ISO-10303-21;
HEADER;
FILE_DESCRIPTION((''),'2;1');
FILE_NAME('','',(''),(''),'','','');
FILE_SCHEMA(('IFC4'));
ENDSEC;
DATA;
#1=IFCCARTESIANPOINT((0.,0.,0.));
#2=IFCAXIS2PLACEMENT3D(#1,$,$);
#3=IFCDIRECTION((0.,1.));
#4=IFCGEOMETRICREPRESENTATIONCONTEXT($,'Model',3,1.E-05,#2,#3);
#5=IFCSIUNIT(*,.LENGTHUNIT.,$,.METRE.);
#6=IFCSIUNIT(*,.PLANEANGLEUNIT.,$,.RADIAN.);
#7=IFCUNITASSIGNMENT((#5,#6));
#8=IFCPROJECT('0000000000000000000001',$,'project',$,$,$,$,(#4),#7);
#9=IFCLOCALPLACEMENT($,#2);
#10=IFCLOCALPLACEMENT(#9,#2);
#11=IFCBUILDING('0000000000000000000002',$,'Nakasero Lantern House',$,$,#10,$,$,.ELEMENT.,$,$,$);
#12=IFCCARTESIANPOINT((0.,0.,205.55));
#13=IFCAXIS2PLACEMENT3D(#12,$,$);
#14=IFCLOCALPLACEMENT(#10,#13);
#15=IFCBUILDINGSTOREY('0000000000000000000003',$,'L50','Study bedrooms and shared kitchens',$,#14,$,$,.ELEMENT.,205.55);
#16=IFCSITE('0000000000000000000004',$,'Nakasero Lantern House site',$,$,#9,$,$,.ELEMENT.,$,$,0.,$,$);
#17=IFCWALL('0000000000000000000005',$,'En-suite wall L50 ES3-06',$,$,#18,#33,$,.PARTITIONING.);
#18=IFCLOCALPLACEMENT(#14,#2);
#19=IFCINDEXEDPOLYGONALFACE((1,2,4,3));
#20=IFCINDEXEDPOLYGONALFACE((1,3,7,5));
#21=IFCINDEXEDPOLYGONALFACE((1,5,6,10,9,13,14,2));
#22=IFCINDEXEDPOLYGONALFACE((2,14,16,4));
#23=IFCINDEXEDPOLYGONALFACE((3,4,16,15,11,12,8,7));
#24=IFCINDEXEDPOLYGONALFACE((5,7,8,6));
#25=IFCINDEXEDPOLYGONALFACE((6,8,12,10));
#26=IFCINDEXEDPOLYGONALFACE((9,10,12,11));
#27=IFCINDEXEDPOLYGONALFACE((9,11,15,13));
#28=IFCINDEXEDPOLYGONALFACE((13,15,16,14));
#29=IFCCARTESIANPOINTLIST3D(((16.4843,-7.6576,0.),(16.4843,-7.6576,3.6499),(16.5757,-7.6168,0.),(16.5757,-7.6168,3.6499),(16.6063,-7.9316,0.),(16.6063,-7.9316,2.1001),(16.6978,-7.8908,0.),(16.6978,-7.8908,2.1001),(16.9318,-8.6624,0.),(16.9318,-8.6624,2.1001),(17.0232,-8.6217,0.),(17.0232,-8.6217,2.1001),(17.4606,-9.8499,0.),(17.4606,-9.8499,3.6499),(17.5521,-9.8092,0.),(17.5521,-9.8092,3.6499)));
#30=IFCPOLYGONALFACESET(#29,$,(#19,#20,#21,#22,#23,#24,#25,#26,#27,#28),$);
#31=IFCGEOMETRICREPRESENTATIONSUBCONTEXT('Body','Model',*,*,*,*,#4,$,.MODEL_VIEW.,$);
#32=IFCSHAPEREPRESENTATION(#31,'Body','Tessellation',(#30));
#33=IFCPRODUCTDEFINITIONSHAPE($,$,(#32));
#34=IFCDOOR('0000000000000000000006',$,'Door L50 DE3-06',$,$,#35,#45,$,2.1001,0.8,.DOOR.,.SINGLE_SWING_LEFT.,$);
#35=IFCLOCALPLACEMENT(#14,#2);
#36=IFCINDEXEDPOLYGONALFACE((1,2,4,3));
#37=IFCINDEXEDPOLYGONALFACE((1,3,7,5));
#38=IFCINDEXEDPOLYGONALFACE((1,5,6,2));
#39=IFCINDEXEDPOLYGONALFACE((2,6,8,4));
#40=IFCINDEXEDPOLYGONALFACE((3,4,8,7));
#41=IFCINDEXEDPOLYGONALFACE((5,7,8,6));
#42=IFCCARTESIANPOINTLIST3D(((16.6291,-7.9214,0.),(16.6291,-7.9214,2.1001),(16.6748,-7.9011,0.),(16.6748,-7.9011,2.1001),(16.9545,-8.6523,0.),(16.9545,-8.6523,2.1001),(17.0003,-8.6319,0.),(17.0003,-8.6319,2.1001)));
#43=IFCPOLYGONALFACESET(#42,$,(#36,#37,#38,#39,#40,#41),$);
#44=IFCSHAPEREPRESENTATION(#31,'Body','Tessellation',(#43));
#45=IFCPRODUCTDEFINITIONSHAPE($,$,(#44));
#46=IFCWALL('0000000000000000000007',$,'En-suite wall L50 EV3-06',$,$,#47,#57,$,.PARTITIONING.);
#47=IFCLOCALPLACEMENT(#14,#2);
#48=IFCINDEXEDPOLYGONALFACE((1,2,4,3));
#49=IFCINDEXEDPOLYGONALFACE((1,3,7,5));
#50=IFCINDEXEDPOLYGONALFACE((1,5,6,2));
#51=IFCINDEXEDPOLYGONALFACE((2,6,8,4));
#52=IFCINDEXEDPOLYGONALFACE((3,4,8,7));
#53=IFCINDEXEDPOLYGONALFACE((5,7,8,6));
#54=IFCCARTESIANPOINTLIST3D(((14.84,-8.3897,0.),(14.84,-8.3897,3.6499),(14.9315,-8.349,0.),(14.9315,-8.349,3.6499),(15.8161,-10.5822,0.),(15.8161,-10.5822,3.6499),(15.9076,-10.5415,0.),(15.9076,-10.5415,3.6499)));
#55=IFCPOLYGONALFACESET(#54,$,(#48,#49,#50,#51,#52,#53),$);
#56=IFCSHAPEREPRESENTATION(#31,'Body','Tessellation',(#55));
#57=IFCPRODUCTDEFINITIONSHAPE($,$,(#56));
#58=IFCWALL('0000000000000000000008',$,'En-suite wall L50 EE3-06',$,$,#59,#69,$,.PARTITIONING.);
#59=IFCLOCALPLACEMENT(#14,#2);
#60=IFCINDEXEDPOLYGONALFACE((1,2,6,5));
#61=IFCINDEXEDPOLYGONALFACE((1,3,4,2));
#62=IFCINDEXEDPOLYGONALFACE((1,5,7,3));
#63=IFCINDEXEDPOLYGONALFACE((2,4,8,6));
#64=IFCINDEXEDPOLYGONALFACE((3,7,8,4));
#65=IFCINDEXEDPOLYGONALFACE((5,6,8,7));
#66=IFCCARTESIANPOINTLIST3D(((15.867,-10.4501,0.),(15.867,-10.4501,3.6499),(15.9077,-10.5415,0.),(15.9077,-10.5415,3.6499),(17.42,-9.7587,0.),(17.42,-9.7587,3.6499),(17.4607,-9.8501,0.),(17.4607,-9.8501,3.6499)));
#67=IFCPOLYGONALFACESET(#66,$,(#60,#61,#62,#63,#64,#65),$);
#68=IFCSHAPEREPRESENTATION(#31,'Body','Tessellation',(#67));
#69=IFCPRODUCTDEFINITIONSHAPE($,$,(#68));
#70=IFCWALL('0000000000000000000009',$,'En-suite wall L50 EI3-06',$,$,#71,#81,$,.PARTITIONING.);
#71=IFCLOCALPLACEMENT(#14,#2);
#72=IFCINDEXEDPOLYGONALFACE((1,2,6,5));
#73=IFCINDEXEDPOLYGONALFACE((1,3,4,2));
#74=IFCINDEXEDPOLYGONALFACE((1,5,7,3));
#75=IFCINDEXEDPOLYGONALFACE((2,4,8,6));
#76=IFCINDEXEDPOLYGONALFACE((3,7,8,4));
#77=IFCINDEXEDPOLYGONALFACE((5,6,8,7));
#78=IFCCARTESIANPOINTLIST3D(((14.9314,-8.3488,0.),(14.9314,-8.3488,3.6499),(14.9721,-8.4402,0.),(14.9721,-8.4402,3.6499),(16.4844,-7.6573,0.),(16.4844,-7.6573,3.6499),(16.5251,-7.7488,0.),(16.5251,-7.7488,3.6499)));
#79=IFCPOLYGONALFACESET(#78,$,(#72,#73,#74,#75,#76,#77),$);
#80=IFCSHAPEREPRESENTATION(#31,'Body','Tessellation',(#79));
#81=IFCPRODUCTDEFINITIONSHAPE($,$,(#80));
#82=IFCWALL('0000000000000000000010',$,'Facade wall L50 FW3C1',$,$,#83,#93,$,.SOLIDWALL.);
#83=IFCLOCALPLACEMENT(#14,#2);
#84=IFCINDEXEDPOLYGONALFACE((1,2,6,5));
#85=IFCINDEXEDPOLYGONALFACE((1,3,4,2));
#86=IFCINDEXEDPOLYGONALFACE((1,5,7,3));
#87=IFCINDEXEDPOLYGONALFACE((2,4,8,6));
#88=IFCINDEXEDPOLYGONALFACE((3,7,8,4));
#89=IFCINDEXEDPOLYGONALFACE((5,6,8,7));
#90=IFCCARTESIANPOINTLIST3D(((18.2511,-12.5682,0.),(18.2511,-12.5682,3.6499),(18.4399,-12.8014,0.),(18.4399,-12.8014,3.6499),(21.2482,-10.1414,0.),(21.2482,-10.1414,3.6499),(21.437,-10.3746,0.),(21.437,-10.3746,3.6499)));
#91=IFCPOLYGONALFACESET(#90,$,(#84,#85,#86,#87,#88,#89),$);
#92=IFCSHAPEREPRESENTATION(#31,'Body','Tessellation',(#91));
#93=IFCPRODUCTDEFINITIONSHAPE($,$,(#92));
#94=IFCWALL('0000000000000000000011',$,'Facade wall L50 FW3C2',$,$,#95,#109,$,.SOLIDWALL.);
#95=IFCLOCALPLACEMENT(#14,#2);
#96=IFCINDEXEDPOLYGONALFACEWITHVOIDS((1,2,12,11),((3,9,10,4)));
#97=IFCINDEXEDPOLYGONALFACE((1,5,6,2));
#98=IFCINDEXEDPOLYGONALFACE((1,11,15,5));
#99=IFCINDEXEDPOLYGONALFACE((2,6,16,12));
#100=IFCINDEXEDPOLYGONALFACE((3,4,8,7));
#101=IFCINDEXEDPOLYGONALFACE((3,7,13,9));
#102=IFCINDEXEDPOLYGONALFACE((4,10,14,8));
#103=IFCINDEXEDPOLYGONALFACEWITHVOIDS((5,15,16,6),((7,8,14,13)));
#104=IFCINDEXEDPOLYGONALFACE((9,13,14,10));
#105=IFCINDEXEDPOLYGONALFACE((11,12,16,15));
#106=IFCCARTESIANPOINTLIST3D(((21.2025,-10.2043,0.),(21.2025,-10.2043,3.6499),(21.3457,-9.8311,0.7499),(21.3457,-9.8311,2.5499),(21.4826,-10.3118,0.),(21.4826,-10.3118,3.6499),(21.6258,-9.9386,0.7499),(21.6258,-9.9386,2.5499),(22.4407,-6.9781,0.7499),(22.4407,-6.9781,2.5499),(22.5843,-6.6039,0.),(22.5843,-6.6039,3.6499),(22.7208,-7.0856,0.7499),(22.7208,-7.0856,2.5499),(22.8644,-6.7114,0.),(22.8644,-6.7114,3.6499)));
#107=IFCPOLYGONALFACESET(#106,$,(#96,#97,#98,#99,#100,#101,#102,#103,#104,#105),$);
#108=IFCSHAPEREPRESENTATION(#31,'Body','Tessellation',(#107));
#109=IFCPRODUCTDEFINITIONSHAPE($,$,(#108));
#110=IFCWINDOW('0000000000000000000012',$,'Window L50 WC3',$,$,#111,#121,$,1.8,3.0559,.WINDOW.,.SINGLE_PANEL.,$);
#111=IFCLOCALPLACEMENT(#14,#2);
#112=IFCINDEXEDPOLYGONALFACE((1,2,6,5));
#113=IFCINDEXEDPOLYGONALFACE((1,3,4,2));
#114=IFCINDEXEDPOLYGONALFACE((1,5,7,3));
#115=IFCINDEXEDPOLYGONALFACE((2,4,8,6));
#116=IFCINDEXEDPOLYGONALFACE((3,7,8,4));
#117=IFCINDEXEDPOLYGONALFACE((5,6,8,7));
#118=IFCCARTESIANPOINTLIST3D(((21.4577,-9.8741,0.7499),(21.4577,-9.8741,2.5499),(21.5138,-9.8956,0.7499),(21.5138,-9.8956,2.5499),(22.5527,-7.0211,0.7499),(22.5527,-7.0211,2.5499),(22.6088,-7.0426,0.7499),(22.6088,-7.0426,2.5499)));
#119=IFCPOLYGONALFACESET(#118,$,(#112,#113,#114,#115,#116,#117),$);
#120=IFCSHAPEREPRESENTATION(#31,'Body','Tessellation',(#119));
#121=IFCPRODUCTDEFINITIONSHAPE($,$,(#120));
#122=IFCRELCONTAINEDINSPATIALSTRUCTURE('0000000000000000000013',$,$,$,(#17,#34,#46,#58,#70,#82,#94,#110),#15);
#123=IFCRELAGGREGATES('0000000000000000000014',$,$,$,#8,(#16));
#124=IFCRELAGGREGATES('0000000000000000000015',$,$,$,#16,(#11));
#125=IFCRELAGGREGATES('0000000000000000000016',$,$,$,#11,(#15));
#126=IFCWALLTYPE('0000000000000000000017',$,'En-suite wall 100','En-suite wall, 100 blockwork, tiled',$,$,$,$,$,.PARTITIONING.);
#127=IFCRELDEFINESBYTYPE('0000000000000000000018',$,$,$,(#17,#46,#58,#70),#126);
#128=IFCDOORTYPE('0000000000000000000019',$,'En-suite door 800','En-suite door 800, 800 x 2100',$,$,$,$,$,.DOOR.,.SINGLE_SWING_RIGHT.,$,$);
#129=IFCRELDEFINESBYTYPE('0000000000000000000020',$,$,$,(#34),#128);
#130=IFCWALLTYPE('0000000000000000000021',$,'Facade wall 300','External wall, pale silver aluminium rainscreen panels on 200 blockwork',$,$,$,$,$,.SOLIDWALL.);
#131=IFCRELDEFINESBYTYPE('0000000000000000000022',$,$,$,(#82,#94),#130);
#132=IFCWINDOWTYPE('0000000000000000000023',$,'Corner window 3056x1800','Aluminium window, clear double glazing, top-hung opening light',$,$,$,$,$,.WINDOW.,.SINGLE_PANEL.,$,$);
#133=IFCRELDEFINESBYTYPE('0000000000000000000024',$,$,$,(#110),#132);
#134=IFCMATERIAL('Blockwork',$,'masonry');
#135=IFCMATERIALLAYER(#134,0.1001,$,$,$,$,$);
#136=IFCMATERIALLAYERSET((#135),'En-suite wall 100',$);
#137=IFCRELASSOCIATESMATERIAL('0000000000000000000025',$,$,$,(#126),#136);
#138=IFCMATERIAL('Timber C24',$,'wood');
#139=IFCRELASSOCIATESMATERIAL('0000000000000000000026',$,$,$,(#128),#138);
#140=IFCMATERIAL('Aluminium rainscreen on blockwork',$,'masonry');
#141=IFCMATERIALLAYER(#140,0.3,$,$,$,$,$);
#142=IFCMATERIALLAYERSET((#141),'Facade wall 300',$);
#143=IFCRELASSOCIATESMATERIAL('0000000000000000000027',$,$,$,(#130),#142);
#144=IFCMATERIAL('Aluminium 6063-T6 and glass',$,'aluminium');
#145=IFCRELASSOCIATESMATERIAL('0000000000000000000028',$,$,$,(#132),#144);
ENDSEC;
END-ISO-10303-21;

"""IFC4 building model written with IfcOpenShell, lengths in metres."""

from ifc_helpers import new_model, si_unit, direction, frame, frame_2d, origin, place, context, subcontext, project, spatial, rectangle, extrude, material, layer, layer_set, type_object, element, fill, save


model = new_model("IFC4")

# Units and contexts
model_context = context("Model", 3, precision=1e-05, world=origin(), true_north=direction((0.0, 1.0)))
body_context = subcontext(model_context, "Body", "Model", "MODEL_VIEW")
ifc_project = project(units=[si_unit("LENGTHUNIT", "METRE"), si_unit("PLANEANGLEUNIT", "RADIAN")], contexts=[model_context])

# Site, building, storey
site_placement = place(None, origin())
site = spatial("IfcSite", under=ifc_project, at=site_placement, Name="Nakasero Lantern House site", CompositionType="ELEMENT", RefElevation=0.0)
building_placement = place(site_placement, origin())
building = spatial("IfcBuilding", under=site, at=building_placement, Name="Nakasero Lantern House", CompositionType="ELEMENT")
storey_placement = place(building_placement, frame((0.0, 0.0, 205.55)))
storey = spatial("IfcBuildingStorey", under=building, at=storey_placement, Name="L50", Description="Study bedrooms and shared kitchens", CompositionType="ELEMENT", Elevation=205.55)

# Shared definitions
ifc_material_1 = material(Name="Blockwork", Category="masonry")
ifc_layer_1 = layer(ifc_material_1, 0.1001)
ifc_layer_set_1 = layer_set([ifc_layer_1], Name="En-suite wall 100")
wall_type_1 = type_object("IfcWallType", Name="En-suite wall 100", Description="En-suite wall, 100 blockwork, tiled", PredefinedType="PARTITIONING", material=ifc_layer_set_1)

# Wall, opening, door
wall_1_placement = place(storey_placement, frame((16.53, -7.6372, 0.0), z_axis=(0.0, 0.0, 1.0), x_axis=(0.406809, -0.913513, 0.0)))
wall_1 = element("IfcWall", 1, at=wall_1_placement, inside=storey, type_object=wall_type_1, Name="En-suite wall L50 ES3-06", PredefinedType="PARTITIONING", context=body_context, shape_type="SweptSolid", body=[
    extrude(rectangle(XDim=2.3999, YDim=0.1001, at=frame_2d((1.2, 0.0))), origin(), (0.0, 0.0, 1.0), 3.6499),
])
opening_1_placement = place(wall_1_placement, frame((0.3, 0.0, 0.0)))
opening_1 = element("IfcOpeningElement", 2, at=opening_1_placement, cuts=wall_1, PredefinedType="OPENING", context=body_context, shape_type="SweptSolid", body=[
    extrude(rectangle(XDim=0.8, YDim=2.1001, at=frame_2d((0.3999, 1.05))), frame((0.0, 0.0701, 0.0), z_axis=(0.0, -1.0, 0.0), x_axis=(1.0, 0.0, 0.0)), (0.0, 0.0, 1.0), 0.1401),
])
ifc_material_2 = material(Name="Timber C24", Category="wood")
door_type = type_object("IfcDoorType", Name="En-suite door 800", Description="En-suite door 800, 800 x 2100", OperationType="SINGLE_SWING_RIGHT", PredefinedType="DOOR", material=ifc_material_2)
door_placement = place(opening_1_placement, origin())
door = element("IfcDoor", 3, at=door_placement, inside=storey, type_object=door_type, Name="Door L50 DE3-06", OperationType="SINGLE_SWING_LEFT", OverallHeight=2.1001, OverallWidth=0.8, PredefinedType="DOOR", context=body_context, shape_type="SweptSolid", body=[
    extrude(rectangle(XDim=0.8, YDim=2.1001, at=frame_2d((0.3999, 1.05))), frame((0.0, 0.0249, 0.0), z_axis=(0.0, -1.0, 0.0), x_axis=(1.0, 0.0, 0.0)), (0.0, 0.0, 1.0), 0.05),
])
fill(opening_1, door)

# Walls
wall_2_placement = place(storey_placement, frame((14.8857, -8.3694, 0.0), z_axis=(0.0, 0.0, 1.0), x_axis=(0.406724, -0.913551, 0.0)))
element("IfcWall", 4, at=wall_2_placement, inside=storey, type_object=wall_type_1, Name="En-suite wall L50 EV3-06", PredefinedType="PARTITIONING", context=body_context, shape_type="SweptSolid", body=[
    extrude(rectangle(XDim=2.3999, YDim=0.1001, at=frame_2d((1.2, 0.0))), origin(), (0.0, 0.0, 1.0), 3.6499),
])
for number, where, z_axis, x_axis, name in (
    (5, (15.8872, -10.4958, 0.0), (0.0, 0.0, 1.0), (0.913551, 0.406725, 0.0), "En-suite wall L50 EE3-06"),
    (6, (14.9517, -8.3945, 0.0), (0.0, 0.0, 1.0), (0.913551, 0.406725, 0.0), "En-suite wall L50 EI3-06"),
):
    element("IfcWall", number, at=place(storey_placement, frame(where, z_axis=z_axis, x_axis=x_axis)), inside=storey, type_object=wall_type_1, Name=name, PredefinedType="PARTITIONING", context=body_context, shape_type="SweptSolid", body=[
        extrude(rectangle(XDim=1.7, YDim=0.1001, at=frame_2d((0.8501, 0.0))), origin(), (0.0, 0.0, 1.0), 3.6499),
    ])
ifc_material_3 = material(Name="Aluminium rainscreen on blockwork", Category="masonry")
ifc_layer_2 = layer(ifc_material_3, 0.3)
ifc_layer_set_2 = layer_set([ifc_layer_2], Name="Facade wall 300")
wall_type_2 = type_object("IfcWallType", Name="Facade wall 300", Description="External wall, pale silver aluminium rainscreen panels on 200 blockwork", PredefinedType="SOLIDWALL", material=ifc_layer_set_2)
wall_3_placement = place(storey_placement, frame((18.3455, -12.6848, 0.0), z_axis=(0.0, 0.0, 1.0), x_axis=(0.777174, 0.629286, 0.0)))
element("IfcWall", 7, at=wall_3_placement, inside=storey, type_object=wall_type_2, Name="Facade wall L50 FW3C1", PredefinedType="SOLIDWALL", context=body_context, shape_type="SweptSolid", body=[
    extrude(rectangle(XDim=3.8564, YDim=0.3, at=frame_2d((1.9282, 0.0))), origin(), (0.0, 0.0, 1.0), 3.6499),
])

# Wall, opening, window
wall_4_placement = place(storey_placement, frame((21.3425, -10.2581, 0.0), z_axis=(0.0, 0.0, 1.0), x_axis=(0.358321, 0.933598, 0.0)))
wall_4 = element("IfcWall", 8, at=wall_4_placement, inside=storey, type_object=wall_type_2, Name="Facade wall L50 FW3C2", PredefinedType="SOLIDWALL", context=body_context, shape_type="SweptSolid", body=[
    extrude(rectangle(XDim=3.8564, YDim=0.3, at=frame_2d((1.9282, 0.0))), origin(), (0.0, 0.0, 1.0), 3.6499),
])
opening_2_placement = place(wall_4_placement, frame((0.3999, 0.0, 0.75)))
opening_2 = element("IfcOpeningElement", 9, at=opening_2_placement, cuts=wall_4, PredefinedType="OPENING", context=body_context, shape_type="SweptSolid", body=[
    extrude(rectangle(XDim=3.0559, YDim=1.8, at=frame_2d((1.5278, 0.8999))), frame((0.0, 0.1699, 0.0), z_axis=(0.0, -1.0, 0.0), x_axis=(1.0, 0.0, 0.0)), (0.0, 0.0, 1.0), 0.3401),
])
ifc_material_4 = material(Name="Aluminium 6063-T6 and glass", Category="aluminium")
window_type = type_object("IfcWindowType", Name="Corner window 3056x1800", Description="Aluminium window, clear double glazing, top-hung opening light", PartitioningType="SINGLE_PANEL", PredefinedType="WINDOW", material=ifc_material_4)
window_placement = place(opening_2_placement, origin())
window = element("IfcWindow", 10, at=window_placement, inside=storey, type_object=window_type, Name="Window L50 WC3", OverallHeight=1.8, OverallWidth=3.0559, PartitioningType="SINGLE_PANEL", PredefinedType="WINDOW", context=body_context, shape_type="SweptSolid", body=[
    extrude(rectangle(XDim=3.0559, YDim=1.8, at=frame_2d((1.5278, 0.8999))), frame((0.0, 0.03, 0.0), z_axis=(0.0, -1.0, 0.0), x_axis=(1.0, 0.0, 0.0)), (0.0, 0.0, 1.0), 0.0601),
])
fill(opening_2, window)

save(model, "model.ifc")
